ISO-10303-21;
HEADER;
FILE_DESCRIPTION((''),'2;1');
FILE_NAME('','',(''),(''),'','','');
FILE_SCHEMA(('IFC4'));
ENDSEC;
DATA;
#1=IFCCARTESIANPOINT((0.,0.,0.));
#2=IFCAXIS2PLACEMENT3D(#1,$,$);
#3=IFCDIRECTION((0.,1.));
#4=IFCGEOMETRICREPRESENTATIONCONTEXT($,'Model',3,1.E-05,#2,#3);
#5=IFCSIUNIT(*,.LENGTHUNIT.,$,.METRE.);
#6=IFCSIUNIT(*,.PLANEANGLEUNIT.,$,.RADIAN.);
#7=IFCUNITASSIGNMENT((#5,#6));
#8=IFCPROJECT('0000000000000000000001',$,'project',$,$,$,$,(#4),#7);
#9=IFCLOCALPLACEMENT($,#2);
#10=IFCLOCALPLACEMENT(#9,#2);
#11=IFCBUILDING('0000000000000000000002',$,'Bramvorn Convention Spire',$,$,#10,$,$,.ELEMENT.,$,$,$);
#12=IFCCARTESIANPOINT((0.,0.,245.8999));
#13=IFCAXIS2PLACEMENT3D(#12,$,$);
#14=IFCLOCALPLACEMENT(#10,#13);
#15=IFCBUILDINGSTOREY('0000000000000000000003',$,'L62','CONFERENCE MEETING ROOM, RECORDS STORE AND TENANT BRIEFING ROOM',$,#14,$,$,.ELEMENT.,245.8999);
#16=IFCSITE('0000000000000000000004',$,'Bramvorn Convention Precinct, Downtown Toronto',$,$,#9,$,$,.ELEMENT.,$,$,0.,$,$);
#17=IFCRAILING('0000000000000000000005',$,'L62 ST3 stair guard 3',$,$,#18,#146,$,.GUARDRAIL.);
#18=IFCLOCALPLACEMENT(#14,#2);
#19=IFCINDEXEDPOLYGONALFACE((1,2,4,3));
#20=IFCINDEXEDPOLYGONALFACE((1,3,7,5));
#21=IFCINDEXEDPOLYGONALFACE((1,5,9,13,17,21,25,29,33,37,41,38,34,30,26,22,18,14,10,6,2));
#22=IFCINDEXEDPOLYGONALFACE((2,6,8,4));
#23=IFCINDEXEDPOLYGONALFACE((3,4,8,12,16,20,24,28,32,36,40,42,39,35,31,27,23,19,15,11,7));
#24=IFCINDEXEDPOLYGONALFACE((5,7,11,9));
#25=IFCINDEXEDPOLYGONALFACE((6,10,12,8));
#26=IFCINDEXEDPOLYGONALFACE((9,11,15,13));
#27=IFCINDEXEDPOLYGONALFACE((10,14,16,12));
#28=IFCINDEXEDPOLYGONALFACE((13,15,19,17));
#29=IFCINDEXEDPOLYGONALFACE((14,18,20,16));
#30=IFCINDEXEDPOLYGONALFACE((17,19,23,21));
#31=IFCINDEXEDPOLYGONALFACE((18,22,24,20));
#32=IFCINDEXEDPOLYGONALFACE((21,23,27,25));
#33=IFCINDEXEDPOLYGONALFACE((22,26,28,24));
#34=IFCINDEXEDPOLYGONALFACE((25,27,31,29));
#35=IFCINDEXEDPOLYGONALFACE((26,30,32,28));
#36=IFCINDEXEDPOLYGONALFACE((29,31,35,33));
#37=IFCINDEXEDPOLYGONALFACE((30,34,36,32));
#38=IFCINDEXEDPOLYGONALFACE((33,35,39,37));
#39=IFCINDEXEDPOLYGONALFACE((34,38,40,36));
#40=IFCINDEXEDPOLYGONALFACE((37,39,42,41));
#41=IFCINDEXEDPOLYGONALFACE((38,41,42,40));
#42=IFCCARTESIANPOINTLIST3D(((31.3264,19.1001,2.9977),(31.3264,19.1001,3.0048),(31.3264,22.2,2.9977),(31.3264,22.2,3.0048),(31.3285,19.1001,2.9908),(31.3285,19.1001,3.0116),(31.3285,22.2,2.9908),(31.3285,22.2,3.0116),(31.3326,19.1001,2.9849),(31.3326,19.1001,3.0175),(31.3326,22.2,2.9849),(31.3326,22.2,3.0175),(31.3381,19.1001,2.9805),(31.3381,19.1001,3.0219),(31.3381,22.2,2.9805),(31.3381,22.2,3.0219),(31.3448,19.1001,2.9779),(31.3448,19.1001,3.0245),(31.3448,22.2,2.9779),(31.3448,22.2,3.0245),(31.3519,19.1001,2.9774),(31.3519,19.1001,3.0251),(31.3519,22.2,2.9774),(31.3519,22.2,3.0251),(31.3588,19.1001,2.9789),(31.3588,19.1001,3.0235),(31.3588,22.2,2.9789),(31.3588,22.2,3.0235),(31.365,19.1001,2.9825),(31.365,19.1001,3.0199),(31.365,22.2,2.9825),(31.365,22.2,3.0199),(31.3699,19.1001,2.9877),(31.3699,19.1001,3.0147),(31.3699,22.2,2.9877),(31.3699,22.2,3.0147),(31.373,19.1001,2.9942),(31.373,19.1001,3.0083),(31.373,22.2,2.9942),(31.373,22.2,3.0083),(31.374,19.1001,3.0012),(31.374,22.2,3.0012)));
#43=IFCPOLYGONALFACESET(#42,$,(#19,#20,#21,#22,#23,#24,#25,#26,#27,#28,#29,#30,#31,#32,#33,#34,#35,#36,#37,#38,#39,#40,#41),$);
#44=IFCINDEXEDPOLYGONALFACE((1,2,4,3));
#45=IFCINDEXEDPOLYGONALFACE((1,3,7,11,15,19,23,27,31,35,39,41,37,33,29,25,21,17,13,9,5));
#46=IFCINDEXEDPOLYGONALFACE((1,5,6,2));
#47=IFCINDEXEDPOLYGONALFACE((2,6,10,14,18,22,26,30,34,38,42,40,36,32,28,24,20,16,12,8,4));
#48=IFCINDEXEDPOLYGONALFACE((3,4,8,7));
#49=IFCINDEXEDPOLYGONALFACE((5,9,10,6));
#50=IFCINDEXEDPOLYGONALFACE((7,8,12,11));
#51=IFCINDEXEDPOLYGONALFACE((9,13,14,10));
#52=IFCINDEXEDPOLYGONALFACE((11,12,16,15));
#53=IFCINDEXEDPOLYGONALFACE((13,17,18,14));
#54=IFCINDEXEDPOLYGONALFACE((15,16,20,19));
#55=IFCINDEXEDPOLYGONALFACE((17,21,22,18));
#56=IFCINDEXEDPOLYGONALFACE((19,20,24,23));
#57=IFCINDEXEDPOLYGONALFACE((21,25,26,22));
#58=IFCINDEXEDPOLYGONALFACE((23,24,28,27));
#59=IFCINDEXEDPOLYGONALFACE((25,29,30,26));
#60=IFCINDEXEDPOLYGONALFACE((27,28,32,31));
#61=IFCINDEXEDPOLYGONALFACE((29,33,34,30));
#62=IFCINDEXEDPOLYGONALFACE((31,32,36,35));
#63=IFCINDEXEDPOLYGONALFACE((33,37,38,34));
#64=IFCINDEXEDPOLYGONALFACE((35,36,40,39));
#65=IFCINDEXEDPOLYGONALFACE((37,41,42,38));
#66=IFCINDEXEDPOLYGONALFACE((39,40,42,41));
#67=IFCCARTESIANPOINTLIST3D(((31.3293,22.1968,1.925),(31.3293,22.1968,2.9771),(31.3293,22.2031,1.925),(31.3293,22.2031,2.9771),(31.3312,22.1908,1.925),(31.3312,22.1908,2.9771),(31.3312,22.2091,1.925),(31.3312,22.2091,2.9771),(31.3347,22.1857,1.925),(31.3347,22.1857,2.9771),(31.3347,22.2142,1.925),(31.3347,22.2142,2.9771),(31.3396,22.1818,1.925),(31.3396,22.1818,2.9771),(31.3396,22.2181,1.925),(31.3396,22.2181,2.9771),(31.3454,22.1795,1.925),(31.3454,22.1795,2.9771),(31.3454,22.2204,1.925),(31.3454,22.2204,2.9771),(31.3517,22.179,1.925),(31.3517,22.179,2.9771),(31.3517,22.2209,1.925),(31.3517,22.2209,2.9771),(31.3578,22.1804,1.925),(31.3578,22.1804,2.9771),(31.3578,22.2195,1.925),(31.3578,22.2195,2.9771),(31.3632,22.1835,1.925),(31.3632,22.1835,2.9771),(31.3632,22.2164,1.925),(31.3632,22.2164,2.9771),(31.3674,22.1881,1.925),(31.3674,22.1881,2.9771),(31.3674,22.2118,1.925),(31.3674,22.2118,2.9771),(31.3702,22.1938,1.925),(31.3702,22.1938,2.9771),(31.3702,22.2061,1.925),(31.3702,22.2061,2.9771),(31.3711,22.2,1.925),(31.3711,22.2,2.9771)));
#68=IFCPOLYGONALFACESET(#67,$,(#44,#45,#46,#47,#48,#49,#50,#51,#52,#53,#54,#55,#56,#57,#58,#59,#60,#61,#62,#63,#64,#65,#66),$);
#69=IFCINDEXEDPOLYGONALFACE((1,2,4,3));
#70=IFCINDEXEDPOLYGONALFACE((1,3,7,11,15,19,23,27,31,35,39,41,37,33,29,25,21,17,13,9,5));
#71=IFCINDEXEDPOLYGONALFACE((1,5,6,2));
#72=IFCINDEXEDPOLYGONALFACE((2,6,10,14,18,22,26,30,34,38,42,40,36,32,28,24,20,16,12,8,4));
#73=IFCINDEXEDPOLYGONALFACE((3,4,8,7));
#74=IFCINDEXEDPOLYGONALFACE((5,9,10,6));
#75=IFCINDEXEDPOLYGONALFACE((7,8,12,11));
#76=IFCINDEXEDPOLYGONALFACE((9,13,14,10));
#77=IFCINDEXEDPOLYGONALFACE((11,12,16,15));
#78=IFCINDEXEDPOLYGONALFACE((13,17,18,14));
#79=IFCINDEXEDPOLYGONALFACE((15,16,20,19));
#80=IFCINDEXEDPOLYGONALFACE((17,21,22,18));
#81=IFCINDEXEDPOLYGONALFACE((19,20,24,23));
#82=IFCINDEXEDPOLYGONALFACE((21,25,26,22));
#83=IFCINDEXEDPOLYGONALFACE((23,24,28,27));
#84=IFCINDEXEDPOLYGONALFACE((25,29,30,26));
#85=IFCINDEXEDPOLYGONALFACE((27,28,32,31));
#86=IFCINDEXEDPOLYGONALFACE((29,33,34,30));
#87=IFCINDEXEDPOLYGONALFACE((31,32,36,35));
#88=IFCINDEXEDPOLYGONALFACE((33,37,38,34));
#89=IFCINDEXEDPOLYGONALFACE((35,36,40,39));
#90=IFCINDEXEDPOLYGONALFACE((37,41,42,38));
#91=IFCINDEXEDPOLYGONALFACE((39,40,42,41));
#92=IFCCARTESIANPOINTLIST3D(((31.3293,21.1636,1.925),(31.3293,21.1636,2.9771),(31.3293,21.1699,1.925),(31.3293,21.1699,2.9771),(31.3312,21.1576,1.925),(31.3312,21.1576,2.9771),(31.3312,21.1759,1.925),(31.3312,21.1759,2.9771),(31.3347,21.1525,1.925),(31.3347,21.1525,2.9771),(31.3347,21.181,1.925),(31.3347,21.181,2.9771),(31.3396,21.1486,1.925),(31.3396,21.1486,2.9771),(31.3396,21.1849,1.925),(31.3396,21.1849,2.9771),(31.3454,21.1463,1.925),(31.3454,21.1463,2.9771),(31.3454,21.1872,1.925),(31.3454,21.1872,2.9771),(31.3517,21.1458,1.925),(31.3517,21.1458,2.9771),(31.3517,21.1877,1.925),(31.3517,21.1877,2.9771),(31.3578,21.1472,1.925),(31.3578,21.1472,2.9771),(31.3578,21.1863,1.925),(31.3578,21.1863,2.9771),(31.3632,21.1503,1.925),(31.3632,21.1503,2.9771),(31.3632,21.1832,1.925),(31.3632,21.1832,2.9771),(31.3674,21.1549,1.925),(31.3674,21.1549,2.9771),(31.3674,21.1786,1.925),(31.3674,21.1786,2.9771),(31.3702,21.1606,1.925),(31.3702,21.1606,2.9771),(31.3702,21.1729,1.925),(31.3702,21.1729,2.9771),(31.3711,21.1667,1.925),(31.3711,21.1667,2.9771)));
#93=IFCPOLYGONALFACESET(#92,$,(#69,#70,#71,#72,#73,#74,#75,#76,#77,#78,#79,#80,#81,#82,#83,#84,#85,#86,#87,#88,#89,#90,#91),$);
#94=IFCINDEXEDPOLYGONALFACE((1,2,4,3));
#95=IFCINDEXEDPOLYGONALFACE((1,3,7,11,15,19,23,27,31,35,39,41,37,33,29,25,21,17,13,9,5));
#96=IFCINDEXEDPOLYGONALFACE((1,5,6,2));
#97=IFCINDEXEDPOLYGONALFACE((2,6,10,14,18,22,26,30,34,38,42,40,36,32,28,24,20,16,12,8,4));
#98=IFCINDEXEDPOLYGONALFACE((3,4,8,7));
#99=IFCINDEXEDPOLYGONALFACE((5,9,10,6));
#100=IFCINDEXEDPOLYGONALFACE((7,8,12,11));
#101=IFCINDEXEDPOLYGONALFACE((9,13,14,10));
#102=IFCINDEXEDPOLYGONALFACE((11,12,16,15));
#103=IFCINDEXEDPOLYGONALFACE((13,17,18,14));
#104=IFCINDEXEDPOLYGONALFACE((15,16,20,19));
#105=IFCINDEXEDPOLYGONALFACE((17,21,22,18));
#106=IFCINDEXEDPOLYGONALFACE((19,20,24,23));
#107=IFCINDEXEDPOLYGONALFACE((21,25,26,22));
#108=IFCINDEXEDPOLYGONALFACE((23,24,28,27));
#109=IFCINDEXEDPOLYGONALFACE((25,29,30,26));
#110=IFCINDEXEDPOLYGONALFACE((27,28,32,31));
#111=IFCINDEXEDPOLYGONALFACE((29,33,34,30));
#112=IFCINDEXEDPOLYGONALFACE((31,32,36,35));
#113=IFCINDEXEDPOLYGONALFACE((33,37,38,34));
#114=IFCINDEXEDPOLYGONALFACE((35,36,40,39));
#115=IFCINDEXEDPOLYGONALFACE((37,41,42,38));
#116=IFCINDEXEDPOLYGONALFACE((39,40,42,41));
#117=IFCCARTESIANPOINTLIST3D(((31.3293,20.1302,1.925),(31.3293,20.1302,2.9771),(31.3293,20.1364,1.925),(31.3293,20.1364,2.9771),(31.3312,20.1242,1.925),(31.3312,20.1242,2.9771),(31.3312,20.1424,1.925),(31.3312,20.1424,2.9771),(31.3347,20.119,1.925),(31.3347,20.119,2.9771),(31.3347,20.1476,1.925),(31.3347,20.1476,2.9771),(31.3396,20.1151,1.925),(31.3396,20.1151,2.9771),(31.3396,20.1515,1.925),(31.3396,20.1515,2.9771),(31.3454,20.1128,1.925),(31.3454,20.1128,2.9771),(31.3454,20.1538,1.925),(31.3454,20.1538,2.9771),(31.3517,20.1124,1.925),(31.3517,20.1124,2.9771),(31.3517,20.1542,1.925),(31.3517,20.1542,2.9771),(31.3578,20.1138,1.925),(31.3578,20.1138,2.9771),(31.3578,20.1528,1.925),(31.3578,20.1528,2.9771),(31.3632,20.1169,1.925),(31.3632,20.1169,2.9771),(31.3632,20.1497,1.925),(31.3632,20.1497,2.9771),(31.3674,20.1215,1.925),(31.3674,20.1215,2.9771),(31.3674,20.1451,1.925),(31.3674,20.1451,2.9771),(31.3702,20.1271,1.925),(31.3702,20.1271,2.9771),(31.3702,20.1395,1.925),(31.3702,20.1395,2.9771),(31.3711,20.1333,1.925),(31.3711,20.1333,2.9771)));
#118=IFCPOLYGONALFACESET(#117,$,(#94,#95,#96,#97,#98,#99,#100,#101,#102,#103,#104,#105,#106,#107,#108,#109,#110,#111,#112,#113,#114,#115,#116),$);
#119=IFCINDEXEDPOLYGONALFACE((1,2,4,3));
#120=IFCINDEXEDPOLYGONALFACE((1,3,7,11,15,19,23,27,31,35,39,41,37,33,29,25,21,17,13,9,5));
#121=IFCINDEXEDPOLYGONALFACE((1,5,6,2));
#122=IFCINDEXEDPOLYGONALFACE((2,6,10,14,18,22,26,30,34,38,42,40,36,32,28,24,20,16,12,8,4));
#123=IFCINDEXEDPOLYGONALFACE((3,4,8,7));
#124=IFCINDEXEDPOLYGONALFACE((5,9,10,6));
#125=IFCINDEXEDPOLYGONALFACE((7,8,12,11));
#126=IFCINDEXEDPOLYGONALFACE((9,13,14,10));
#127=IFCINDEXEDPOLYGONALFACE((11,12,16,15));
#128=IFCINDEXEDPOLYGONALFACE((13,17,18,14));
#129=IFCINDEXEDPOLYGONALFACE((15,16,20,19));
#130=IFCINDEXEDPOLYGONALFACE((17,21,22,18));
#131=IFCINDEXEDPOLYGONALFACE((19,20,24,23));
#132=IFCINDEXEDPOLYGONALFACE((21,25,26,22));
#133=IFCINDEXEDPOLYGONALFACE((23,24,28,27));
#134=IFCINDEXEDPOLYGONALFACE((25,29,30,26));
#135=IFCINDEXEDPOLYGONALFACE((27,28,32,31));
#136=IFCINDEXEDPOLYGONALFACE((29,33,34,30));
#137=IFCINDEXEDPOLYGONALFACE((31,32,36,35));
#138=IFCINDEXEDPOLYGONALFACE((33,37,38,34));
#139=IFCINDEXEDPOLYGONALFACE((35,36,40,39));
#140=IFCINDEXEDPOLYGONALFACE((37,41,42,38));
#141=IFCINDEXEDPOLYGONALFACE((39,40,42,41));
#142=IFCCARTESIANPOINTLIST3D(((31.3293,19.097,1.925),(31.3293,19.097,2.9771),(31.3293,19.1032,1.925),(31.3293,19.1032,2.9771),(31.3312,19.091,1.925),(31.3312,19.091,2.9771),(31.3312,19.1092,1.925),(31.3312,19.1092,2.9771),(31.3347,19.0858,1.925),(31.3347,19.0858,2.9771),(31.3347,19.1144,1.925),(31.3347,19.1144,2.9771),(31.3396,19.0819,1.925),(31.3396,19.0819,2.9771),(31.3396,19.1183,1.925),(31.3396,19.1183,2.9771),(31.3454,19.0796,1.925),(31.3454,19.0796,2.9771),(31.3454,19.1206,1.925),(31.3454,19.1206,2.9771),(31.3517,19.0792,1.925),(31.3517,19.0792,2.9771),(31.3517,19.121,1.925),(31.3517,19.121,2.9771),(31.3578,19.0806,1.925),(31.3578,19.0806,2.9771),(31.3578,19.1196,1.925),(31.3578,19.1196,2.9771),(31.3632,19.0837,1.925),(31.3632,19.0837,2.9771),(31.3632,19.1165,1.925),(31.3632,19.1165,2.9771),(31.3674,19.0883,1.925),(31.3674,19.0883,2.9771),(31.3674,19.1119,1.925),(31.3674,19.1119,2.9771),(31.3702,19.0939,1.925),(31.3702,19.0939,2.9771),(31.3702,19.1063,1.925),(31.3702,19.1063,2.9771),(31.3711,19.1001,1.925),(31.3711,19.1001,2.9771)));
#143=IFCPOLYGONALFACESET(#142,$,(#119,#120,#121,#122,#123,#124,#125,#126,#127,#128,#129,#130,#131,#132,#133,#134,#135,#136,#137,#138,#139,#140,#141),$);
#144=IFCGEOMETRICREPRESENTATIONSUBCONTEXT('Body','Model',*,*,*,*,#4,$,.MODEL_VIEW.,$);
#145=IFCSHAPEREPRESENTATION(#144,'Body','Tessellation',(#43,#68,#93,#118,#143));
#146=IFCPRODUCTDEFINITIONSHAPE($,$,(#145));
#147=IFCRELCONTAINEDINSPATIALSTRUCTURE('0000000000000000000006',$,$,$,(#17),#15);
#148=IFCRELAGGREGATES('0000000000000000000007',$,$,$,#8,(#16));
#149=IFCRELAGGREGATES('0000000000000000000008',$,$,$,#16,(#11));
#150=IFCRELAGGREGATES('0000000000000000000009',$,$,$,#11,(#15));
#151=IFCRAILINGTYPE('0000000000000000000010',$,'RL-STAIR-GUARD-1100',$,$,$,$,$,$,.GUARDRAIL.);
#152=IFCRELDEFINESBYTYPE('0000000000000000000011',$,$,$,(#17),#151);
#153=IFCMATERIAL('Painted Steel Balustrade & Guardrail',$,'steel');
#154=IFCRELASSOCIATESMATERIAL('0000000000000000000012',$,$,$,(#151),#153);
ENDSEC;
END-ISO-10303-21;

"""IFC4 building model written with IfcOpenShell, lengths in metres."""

from ifc_helpers import new_model, si_unit, direction, frame, origin, origin_2d, place, context, subcontext, project, spatial, circle, extrude, material, type_object, element, save


model = new_model("IFC4")

# Units and contexts
model_context = context("Model", 3, precision=1e-05, world=origin(), true_north=direction((0.0, 1.0)))
body_context = subcontext(model_context, "Body", "Model", "MODEL_VIEW")
ifc_project = project(units=[si_unit("LENGTHUNIT", "METRE"), si_unit("PLANEANGLEUNIT", "RADIAN")], contexts=[model_context])

# Site, building, storey
site_placement = place(None, origin())
site = spatial("IfcSite", under=ifc_project, at=site_placement, Name="Bramvorn Convention Precinct, Downtown Toronto", CompositionType="ELEMENT", RefElevation=0.0)
building_placement = place(site_placement, origin())
building = spatial("IfcBuilding", under=site, at=building_placement, Name="Bramvorn Convention Spire", CompositionType="ELEMENT")
storey_placement = place(building_placement, frame((0.0, 0.0, 245.8999)))
storey = spatial("IfcBuildingStorey", under=building, at=storey_placement, Name="L62", Description="CONFERENCE MEETING ROOM, RECORDS STORE AND TENANT BRIEFING ROOM", CompositionType="ELEMENT", Elevation=245.8999)

# Railing
ifc_material_1 = material(Name="Painted Steel Balustrade & Guardrail", Category="steel")
railing_type_1 = type_object("IfcRailingType", Name="RL-STAIR-GUARD-1100", PredefinedType="GUARDRAIL", material=ifc_material_1)
for number, where, name in (
    (1, (31.3501, 22.2, 1.925), "L62 ST3 stair guard 3"),
):
    element("IfcRailing", number, at=place(storey_placement, frame(where)), inside=storey, type_object=railing_type_1, Name=name, PredefinedType="GUARDRAIL", context=body_context, shape_type="SweptSolid", body=[
        extrude(circle(Radius=0.0239, at=origin_2d()), frame((0.0, 0.0, 1.0762), z_axis=(0.0, -1.0, 0.0), x_axis=(1.0, 0.0, 0.0)), (0.0, 0.0, 1.0), 3.0999),
        extrude(circle(Radius=0.021, at=origin_2d()), origin(), (0.0, 0.0, 1.0), 1.052),
        extrude(circle(Radius=0.021, at=origin_2d()), frame((0.0, -1.0332, 0.0)), (0.0, 0.0, 1.0), 1.052),
        extrude(circle(Radius=0.021, at=origin_2d()), frame((0.0, -2.0667, 0.0)), (0.0, 0.0, 1.0), 1.052),
        extrude(circle(Radius=0.021, at=origin_2d()), frame((0.0, -3.0999, 0.0)), (0.0, 0.0, 1.0), 1.052),
    ])

save(model, "model.ifc")
